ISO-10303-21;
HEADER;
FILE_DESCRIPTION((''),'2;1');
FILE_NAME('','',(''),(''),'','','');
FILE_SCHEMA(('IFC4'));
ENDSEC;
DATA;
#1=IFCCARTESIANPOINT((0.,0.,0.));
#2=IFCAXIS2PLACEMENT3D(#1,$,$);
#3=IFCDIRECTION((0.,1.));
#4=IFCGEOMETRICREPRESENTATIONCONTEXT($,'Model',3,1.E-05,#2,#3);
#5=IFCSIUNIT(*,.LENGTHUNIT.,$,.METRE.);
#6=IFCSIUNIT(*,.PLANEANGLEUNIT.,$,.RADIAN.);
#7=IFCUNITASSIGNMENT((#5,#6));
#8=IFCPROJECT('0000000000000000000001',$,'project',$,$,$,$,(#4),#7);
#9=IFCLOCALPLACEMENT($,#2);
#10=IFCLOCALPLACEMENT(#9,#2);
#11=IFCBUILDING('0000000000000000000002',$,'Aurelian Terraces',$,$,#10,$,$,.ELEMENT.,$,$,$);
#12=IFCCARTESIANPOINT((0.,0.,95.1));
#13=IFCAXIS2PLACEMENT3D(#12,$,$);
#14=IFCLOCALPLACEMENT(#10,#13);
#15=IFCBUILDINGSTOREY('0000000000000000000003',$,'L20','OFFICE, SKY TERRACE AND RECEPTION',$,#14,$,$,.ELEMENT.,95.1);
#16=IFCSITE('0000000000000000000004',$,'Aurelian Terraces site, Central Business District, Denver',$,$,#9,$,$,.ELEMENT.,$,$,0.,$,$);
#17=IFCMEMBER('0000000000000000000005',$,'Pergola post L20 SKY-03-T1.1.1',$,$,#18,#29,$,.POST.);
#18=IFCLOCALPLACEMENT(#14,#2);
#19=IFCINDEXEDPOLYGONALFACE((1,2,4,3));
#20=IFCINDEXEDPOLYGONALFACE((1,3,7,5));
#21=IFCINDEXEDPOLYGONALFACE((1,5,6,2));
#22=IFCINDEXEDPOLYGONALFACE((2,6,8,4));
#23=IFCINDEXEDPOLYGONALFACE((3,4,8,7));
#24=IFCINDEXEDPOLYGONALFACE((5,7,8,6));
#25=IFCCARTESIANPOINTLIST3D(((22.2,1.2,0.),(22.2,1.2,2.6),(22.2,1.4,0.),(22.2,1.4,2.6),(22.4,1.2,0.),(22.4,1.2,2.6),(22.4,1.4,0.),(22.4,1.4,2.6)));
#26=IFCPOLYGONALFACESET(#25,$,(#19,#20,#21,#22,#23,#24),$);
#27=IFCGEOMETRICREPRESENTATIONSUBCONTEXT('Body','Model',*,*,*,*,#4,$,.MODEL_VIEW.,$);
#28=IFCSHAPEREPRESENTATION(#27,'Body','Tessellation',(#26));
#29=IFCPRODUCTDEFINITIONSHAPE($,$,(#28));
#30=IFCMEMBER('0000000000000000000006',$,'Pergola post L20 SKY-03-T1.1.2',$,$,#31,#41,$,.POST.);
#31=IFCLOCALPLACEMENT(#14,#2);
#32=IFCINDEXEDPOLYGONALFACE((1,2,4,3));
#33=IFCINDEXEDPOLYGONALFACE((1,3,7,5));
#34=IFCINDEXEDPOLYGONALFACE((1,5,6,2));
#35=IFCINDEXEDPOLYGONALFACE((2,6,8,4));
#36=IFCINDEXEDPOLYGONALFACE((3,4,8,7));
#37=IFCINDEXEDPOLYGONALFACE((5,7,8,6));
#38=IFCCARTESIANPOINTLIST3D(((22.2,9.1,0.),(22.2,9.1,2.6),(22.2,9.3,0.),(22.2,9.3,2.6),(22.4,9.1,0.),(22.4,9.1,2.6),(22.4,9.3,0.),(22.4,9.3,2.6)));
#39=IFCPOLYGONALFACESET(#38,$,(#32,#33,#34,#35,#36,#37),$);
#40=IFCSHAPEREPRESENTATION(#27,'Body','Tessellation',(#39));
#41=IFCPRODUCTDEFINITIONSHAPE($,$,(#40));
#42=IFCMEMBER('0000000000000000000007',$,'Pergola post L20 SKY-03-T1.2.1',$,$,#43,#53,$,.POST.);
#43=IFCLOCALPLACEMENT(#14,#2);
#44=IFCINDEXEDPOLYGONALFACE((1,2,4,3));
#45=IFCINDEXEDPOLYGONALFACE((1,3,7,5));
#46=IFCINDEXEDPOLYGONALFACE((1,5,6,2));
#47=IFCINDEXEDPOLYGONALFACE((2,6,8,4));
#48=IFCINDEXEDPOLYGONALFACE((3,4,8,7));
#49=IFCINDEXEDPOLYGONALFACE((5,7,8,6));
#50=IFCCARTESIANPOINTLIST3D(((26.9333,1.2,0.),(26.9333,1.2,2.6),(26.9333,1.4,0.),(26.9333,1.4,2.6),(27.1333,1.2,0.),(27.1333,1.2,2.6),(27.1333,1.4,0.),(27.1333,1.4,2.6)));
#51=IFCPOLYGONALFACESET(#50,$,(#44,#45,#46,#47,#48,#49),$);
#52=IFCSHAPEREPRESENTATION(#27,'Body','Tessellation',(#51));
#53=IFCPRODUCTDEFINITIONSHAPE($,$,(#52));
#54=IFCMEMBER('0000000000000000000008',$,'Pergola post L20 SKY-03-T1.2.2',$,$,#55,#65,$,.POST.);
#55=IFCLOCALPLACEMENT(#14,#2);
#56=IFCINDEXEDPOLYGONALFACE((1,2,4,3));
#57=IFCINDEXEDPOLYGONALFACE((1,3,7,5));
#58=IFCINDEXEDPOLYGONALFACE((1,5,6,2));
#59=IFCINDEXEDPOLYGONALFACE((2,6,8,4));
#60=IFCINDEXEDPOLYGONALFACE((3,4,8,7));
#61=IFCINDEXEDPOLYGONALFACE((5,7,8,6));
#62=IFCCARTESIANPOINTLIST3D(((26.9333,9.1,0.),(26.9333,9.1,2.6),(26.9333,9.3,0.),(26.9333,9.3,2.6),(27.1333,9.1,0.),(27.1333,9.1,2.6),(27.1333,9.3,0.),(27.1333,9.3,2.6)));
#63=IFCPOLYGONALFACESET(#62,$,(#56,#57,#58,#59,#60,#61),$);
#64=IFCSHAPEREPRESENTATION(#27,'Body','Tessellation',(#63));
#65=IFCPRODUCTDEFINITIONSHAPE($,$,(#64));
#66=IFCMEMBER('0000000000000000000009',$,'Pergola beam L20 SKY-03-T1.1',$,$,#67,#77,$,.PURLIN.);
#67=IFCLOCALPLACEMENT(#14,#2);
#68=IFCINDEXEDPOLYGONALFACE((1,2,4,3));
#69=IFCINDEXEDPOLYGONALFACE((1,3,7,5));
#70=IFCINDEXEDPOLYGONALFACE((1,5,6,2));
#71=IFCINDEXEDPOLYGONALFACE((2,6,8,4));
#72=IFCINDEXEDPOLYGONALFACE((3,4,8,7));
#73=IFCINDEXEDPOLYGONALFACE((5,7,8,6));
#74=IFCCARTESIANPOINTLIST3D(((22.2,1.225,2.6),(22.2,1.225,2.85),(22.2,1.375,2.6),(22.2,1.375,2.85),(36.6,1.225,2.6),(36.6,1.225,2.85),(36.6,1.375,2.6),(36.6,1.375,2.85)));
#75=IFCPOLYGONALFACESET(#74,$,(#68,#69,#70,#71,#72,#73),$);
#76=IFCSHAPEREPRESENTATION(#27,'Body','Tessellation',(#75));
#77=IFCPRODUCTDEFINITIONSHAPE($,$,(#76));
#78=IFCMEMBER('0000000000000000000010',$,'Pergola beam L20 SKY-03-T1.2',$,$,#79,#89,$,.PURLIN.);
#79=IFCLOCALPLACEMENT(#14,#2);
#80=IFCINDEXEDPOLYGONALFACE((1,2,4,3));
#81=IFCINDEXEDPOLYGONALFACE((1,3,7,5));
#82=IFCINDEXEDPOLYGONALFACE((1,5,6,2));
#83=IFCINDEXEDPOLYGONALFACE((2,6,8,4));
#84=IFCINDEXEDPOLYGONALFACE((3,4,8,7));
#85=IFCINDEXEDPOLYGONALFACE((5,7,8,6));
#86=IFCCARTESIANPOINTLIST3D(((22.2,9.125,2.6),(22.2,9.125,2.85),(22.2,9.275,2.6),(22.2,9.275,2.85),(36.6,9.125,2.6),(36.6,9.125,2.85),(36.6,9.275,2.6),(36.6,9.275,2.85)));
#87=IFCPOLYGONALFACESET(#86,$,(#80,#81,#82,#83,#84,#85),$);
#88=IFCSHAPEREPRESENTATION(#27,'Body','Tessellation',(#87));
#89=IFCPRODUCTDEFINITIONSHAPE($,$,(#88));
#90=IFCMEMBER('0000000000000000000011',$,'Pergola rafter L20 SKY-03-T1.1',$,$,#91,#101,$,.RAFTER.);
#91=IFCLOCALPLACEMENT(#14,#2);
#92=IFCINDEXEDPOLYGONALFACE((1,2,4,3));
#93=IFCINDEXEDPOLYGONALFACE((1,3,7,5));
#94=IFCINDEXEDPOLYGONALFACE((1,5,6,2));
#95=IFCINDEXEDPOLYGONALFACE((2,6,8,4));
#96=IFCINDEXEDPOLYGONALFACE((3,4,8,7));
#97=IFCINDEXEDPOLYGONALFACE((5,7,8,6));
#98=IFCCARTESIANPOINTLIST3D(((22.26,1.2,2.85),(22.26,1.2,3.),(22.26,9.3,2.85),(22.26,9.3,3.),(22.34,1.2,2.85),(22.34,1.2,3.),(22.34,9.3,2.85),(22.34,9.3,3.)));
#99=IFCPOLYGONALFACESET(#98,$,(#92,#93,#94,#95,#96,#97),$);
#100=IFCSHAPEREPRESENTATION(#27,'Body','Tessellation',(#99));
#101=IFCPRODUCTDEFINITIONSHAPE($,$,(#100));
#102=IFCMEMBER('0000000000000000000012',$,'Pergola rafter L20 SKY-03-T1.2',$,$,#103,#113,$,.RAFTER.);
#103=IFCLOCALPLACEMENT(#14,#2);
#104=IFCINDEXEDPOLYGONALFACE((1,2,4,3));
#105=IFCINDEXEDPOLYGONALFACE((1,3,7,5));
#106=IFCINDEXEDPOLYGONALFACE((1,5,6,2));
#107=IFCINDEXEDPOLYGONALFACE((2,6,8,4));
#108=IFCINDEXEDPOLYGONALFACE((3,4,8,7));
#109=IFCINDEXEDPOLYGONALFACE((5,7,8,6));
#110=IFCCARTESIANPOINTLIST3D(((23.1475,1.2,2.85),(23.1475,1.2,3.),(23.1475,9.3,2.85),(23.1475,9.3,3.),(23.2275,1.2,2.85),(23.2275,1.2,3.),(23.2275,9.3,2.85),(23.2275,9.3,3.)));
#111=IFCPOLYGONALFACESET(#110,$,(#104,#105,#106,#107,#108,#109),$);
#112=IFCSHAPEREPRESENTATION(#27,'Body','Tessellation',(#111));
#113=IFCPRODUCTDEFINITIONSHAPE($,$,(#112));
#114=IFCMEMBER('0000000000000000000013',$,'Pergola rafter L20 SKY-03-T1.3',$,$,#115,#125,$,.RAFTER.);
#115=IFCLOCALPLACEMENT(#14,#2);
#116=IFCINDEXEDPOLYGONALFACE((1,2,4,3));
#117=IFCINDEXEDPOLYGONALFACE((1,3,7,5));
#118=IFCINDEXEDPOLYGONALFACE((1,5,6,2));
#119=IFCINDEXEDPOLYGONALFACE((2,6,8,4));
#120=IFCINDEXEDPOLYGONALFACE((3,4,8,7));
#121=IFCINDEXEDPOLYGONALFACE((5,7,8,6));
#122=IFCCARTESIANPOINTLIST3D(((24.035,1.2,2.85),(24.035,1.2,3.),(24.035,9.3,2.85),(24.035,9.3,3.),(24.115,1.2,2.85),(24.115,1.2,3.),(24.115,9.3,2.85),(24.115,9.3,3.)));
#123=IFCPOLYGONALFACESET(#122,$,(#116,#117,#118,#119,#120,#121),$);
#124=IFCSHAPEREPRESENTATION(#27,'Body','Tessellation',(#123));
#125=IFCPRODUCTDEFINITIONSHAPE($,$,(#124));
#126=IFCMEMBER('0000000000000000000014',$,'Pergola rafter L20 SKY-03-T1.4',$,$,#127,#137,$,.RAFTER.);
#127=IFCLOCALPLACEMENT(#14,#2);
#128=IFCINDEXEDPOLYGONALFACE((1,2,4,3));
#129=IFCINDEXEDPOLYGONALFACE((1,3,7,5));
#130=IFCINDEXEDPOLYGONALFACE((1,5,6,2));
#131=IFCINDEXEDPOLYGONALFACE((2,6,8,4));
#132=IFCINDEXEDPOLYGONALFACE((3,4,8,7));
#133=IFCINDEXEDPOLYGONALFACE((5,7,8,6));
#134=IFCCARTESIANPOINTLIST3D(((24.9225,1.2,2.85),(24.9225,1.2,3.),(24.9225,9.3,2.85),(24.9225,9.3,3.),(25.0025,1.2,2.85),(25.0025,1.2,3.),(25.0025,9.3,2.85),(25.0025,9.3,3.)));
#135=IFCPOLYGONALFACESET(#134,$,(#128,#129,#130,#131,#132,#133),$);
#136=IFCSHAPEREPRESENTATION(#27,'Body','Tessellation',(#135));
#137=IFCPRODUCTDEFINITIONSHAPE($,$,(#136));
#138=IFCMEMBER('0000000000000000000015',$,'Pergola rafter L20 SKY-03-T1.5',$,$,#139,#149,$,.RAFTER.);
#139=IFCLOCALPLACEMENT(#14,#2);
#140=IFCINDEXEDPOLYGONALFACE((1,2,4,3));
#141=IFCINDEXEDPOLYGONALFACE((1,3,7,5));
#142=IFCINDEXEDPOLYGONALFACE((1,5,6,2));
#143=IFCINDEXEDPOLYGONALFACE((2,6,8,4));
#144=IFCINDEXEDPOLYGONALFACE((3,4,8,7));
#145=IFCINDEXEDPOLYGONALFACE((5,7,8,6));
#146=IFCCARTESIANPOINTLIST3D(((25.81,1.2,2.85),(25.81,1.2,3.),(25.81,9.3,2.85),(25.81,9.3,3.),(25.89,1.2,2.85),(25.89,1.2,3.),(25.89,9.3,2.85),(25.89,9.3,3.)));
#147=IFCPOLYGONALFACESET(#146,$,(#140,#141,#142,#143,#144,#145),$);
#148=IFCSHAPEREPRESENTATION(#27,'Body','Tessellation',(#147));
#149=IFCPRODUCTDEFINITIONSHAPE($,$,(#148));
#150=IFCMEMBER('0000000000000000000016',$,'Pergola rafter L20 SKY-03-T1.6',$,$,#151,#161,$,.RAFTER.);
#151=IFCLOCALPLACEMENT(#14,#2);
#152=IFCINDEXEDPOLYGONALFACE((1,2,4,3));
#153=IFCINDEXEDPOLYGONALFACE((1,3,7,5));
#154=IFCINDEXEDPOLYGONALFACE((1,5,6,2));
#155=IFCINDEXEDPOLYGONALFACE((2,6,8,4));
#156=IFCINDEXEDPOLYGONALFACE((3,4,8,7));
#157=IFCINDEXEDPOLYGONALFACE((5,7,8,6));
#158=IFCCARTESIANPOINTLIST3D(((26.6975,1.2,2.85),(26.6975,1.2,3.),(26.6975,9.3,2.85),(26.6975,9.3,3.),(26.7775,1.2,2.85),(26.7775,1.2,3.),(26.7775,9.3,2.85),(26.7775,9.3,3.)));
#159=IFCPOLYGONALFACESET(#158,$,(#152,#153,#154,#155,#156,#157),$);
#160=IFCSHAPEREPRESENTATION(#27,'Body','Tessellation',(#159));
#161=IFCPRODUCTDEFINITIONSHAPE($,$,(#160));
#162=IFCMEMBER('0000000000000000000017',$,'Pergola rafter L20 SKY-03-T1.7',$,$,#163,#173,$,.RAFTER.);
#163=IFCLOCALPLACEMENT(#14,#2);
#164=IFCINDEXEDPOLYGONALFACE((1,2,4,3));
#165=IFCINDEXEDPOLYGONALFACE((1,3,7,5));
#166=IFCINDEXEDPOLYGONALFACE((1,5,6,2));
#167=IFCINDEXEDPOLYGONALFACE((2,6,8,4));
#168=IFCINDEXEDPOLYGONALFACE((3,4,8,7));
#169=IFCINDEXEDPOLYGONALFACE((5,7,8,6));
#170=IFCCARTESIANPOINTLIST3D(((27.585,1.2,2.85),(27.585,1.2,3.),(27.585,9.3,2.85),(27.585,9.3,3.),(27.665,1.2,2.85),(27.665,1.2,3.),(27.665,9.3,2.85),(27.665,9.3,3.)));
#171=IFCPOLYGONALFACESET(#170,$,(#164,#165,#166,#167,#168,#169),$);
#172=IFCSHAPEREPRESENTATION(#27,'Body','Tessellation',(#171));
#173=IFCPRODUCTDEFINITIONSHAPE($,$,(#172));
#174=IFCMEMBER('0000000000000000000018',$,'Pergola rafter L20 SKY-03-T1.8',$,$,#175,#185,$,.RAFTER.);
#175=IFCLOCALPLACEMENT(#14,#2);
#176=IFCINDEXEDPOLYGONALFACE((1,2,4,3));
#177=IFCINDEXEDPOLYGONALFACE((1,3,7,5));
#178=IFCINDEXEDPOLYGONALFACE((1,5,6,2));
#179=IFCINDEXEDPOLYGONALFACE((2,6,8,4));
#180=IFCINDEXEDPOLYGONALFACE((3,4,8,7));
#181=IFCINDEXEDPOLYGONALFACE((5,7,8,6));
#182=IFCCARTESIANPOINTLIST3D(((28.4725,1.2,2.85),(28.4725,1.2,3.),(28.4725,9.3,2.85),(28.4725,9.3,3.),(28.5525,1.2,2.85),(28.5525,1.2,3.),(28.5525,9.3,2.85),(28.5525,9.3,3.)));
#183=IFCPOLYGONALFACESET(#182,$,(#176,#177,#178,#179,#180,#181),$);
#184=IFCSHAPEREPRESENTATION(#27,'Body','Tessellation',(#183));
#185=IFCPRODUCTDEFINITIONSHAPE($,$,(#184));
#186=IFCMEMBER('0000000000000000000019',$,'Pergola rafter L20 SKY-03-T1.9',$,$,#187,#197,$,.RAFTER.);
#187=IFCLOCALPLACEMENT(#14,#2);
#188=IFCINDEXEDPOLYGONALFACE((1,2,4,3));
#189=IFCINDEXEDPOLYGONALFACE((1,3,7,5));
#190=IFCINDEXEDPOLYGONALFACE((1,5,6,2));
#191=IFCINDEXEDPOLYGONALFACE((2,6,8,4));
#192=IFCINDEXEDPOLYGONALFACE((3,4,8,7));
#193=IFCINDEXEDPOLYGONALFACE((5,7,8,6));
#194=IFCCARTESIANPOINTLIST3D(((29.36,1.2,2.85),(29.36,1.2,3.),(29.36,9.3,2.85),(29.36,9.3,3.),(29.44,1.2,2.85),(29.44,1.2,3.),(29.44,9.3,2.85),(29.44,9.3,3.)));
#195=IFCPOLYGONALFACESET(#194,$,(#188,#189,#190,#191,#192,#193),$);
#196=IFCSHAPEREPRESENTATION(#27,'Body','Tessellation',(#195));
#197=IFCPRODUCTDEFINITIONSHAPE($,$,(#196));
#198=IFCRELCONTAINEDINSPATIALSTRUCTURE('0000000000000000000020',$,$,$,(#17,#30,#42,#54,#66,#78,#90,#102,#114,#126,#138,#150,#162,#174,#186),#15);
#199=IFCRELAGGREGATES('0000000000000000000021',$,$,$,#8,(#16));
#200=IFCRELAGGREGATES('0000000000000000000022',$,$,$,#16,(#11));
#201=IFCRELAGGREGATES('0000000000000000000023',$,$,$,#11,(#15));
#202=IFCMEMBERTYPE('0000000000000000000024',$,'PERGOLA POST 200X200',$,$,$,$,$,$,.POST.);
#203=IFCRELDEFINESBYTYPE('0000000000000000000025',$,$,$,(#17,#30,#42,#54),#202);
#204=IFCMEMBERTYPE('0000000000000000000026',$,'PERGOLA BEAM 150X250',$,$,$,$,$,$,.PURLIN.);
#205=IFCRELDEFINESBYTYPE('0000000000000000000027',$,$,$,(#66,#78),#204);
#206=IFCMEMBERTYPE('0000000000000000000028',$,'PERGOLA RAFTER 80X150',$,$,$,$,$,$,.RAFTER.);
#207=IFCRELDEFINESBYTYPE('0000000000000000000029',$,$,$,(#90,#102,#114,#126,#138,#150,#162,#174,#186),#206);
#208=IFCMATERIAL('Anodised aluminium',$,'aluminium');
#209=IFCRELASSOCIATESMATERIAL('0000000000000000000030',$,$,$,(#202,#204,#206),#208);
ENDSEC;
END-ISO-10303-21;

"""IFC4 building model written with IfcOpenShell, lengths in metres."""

from ifc_helpers import new_model, si_unit, direction, frame, origin, origin_2d, place, context, subcontext, project, spatial, rectangle, extrude, source, transform, mapped, material, material_profile, profile_set, type_object, element, save


model = new_model("IFC4")

# Units and contexts
model_context = context("Model", 3, precision=1e-05, world=origin(), true_north=direction((0.0, 1.0)))
body_context = subcontext(model_context, "Body", "Model", "MODEL_VIEW")
ifc_project = project(units=[si_unit("LENGTHUNIT", "METRE"), si_unit("PLANEANGLEUNIT", "RADIAN")], contexts=[model_context])

# Site, building, storey
site_placement = place(None, origin())
site = spatial("IfcSite", under=ifc_project, at=site_placement, Name="Aurelian Terraces site, Central Business District, Denver", CompositionType="ELEMENT", RefElevation=0.0)
building_placement = place(site_placement, origin())
building = spatial("IfcBuilding", under=site, at=building_placement, Name="Aurelian Terraces", CompositionType="ELEMENT")
storey_placement = place(building_placement, frame((0.0, 0.0, 95.1)))
storey = spatial("IfcBuildingStorey", under=building, at=storey_placement, Name="L20", Description="OFFICE, SKY TERRACE AND RECEPTION", CompositionType="ELEMENT", Elevation=95.1)

# Members
ifc_material_1 = material(Name="Anodised aluminium", Category="aluminium")
ifc_material_profile_1 = material_profile(ifc_material_1, rectangle(XDim=0.2, YDim=0.2, at=origin_2d()))
ifc_profile_set_1 = profile_set([ifc_material_profile_1], Name="Anodised aluminium")
member_type_1 = type_object("IfcMemberType", Name="PERGOLA POST 200X200", PredefinedType="POST", material=ifc_profile_set_1)
shared_shape_1 = source(origin(), body_context, "Body", "SweptSolid", [
    extrude(rectangle(XDim=0.2, YDim=0.2, at=origin_2d()), origin(), (0.0, 0.0, 1.0), 2.6),
])
for number, where, z_axis, x_axis, name in (
    (1, (22.3, 1.3, 0.0), (0.0, 0.0, 1.0), (1.0, 0.0, 0.0), "Pergola post L20 SKY-03-T1.1.1"),
    (2, (22.3, 9.2, 0.0), (0.0, 0.0, 1.0), (1.0, 0.0, 0.0), "Pergola post L20 SKY-03-T1.1.2"),
    (3, (27.0333, 1.3, 0.0), (0.0, 0.0, 1.0), (1.0, 0.0, 0.0), "Pergola post L20 SKY-03-T1.2.1"),
    (4, (27.0333, 9.2, 0.0), (0.0, 0.0, 1.0), (1.0, 0.0, 0.0), "Pergola post L20 SKY-03-T1.2.2"),
):
    element("IfcMember", number, at=place(storey_placement, frame(where, z_axis=z_axis, x_axis=x_axis)), inside=storey, type_object=member_type_1, Name=name, PredefinedType="POST", context=body_context, shape_type="MappedRepresentation", body=[
        mapped(shared_shape_1, transform((0.0, 0.0, 0.0), scale=1.0)),
    ])
ifc_material_profile_2 = material_profile(ifc_material_1, rectangle(XDim=0.15, YDim=0.25, at=origin_2d()))
ifc_profile_set_2 = profile_set([ifc_material_profile_2], Name="Anodised aluminium")
member_type_2 = type_object("IfcMemberType", Name="PERGOLA BEAM 150X250", PredefinedType="PURLIN", material=ifc_profile_set_2)
shared_shape_2 = source(origin(), body_context, "Body", "SweptSolid", [
    extrude(rectangle(XDim=0.15, YDim=0.25, at=origin_2d()), origin(), (0.0, 0.0, 1.0), 14.4),
])
for number, where, z_axis, x_axis, name in (
    (5, (22.2, 1.3, 2.725), (1.0, 0.0, 0.0), (0.0, 1.0, 0.0), "Pergola beam L20 SKY-03-T1.1"),
    (6, (22.2, 9.2, 2.725), (1.0, 0.0, 0.0), (0.0, 1.0, 0.0), "Pergola beam L20 SKY-03-T1.2"),
):
    element("IfcMember", number, at=place(storey_placement, frame(where, z_axis=z_axis, x_axis=x_axis)), inside=storey, type_object=member_type_2, Name=name, PredefinedType="PURLIN", context=body_context, shape_type="MappedRepresentation", body=[
        mapped(shared_shape_2, transform((0.0, 0.0, 0.0), scale=1.0)),
    ])
ifc_material_profile_3 = material_profile(ifc_material_1, rectangle(XDim=0.08, YDim=0.15, at=origin_2d()))
ifc_profile_set_3 = profile_set([ifc_material_profile_3], Name="Anodised aluminium")
member_type_3 = type_object("IfcMemberType", Name="PERGOLA RAFTER 80X150", PredefinedType="RAFTER", material=ifc_profile_set_3)
shared_shape_3 = source(origin(), body_context, "Body", "SweptSolid", [
    extrude(rectangle(XDim=0.08, YDim=0.15, at=origin_2d()), origin(), (0.0, 0.0, 1.0), 8.1),
])
for number, where, z_axis, x_axis, name in (
    (7, (22.3, 1.2, 2.925), (0.0, 1.0, 0.0), (-1.0, 0.0, 0.0), "Pergola rafter L20 SKY-03-T1.1"),
    (8, (23.1875, 1.2, 2.925), (0.0, 1.0, 0.0), (-1.0, 0.0, 0.0), "Pergola rafter L20 SKY-03-T1.2"),
    (9, (24.075, 1.2, 2.925), (0.0, 1.0, 0.0), (-1.0, 0.0, 0.0), "Pergola rafter L20 SKY-03-T1.3"),
    (10, (24.9625, 1.2, 2.925), (0.0, 1.0, 0.0), (-1.0, 0.0, 0.0), "Pergola rafter L20 SKY-03-T1.4"),
    (11, (25.85, 1.2, 2.925), (0.0, 1.0, 0.0), (-1.0, 0.0, 0.0), "Pergola rafter L20 SKY-03-T1.5"),
    (12, (26.7375, 1.2, 2.925), (0.0, 1.0, 0.0), (-1.0, 0.0, 0.0), "Pergola rafter L20 SKY-03-T1.6"),
    (13, (27.625, 1.2, 2.925), (0.0, 1.0, 0.0), (-1.0, 0.0, 0.0), "Pergola rafter L20 SKY-03-T1.7"),
    (14, (28.5125, 1.2, 2.925), (0.0, 1.0, 0.0), (-1.0, 0.0, 0.0), "Pergola rafter L20 SKY-03-T1.8"),
    (15, (29.4, 1.2, 2.925), (0.0, 1.0, 0.0), (-1.0, 0.0, 0.0), "Pergola rafter L20 SKY-03-T1.9"),
):
    element("IfcMember", number, at=place(storey_placement, frame(where, z_axis=z_axis, x_axis=x_axis)), inside=storey, type_object=member_type_3, Name=name, PredefinedType="RAFTER", context=body_context, shape_type="MappedRepresentation", body=[
        mapped(shared_shape_3, transform((0.0, 0.0, 0.0), scale=1.0)),
    ])

save(model, "model.ifc")
